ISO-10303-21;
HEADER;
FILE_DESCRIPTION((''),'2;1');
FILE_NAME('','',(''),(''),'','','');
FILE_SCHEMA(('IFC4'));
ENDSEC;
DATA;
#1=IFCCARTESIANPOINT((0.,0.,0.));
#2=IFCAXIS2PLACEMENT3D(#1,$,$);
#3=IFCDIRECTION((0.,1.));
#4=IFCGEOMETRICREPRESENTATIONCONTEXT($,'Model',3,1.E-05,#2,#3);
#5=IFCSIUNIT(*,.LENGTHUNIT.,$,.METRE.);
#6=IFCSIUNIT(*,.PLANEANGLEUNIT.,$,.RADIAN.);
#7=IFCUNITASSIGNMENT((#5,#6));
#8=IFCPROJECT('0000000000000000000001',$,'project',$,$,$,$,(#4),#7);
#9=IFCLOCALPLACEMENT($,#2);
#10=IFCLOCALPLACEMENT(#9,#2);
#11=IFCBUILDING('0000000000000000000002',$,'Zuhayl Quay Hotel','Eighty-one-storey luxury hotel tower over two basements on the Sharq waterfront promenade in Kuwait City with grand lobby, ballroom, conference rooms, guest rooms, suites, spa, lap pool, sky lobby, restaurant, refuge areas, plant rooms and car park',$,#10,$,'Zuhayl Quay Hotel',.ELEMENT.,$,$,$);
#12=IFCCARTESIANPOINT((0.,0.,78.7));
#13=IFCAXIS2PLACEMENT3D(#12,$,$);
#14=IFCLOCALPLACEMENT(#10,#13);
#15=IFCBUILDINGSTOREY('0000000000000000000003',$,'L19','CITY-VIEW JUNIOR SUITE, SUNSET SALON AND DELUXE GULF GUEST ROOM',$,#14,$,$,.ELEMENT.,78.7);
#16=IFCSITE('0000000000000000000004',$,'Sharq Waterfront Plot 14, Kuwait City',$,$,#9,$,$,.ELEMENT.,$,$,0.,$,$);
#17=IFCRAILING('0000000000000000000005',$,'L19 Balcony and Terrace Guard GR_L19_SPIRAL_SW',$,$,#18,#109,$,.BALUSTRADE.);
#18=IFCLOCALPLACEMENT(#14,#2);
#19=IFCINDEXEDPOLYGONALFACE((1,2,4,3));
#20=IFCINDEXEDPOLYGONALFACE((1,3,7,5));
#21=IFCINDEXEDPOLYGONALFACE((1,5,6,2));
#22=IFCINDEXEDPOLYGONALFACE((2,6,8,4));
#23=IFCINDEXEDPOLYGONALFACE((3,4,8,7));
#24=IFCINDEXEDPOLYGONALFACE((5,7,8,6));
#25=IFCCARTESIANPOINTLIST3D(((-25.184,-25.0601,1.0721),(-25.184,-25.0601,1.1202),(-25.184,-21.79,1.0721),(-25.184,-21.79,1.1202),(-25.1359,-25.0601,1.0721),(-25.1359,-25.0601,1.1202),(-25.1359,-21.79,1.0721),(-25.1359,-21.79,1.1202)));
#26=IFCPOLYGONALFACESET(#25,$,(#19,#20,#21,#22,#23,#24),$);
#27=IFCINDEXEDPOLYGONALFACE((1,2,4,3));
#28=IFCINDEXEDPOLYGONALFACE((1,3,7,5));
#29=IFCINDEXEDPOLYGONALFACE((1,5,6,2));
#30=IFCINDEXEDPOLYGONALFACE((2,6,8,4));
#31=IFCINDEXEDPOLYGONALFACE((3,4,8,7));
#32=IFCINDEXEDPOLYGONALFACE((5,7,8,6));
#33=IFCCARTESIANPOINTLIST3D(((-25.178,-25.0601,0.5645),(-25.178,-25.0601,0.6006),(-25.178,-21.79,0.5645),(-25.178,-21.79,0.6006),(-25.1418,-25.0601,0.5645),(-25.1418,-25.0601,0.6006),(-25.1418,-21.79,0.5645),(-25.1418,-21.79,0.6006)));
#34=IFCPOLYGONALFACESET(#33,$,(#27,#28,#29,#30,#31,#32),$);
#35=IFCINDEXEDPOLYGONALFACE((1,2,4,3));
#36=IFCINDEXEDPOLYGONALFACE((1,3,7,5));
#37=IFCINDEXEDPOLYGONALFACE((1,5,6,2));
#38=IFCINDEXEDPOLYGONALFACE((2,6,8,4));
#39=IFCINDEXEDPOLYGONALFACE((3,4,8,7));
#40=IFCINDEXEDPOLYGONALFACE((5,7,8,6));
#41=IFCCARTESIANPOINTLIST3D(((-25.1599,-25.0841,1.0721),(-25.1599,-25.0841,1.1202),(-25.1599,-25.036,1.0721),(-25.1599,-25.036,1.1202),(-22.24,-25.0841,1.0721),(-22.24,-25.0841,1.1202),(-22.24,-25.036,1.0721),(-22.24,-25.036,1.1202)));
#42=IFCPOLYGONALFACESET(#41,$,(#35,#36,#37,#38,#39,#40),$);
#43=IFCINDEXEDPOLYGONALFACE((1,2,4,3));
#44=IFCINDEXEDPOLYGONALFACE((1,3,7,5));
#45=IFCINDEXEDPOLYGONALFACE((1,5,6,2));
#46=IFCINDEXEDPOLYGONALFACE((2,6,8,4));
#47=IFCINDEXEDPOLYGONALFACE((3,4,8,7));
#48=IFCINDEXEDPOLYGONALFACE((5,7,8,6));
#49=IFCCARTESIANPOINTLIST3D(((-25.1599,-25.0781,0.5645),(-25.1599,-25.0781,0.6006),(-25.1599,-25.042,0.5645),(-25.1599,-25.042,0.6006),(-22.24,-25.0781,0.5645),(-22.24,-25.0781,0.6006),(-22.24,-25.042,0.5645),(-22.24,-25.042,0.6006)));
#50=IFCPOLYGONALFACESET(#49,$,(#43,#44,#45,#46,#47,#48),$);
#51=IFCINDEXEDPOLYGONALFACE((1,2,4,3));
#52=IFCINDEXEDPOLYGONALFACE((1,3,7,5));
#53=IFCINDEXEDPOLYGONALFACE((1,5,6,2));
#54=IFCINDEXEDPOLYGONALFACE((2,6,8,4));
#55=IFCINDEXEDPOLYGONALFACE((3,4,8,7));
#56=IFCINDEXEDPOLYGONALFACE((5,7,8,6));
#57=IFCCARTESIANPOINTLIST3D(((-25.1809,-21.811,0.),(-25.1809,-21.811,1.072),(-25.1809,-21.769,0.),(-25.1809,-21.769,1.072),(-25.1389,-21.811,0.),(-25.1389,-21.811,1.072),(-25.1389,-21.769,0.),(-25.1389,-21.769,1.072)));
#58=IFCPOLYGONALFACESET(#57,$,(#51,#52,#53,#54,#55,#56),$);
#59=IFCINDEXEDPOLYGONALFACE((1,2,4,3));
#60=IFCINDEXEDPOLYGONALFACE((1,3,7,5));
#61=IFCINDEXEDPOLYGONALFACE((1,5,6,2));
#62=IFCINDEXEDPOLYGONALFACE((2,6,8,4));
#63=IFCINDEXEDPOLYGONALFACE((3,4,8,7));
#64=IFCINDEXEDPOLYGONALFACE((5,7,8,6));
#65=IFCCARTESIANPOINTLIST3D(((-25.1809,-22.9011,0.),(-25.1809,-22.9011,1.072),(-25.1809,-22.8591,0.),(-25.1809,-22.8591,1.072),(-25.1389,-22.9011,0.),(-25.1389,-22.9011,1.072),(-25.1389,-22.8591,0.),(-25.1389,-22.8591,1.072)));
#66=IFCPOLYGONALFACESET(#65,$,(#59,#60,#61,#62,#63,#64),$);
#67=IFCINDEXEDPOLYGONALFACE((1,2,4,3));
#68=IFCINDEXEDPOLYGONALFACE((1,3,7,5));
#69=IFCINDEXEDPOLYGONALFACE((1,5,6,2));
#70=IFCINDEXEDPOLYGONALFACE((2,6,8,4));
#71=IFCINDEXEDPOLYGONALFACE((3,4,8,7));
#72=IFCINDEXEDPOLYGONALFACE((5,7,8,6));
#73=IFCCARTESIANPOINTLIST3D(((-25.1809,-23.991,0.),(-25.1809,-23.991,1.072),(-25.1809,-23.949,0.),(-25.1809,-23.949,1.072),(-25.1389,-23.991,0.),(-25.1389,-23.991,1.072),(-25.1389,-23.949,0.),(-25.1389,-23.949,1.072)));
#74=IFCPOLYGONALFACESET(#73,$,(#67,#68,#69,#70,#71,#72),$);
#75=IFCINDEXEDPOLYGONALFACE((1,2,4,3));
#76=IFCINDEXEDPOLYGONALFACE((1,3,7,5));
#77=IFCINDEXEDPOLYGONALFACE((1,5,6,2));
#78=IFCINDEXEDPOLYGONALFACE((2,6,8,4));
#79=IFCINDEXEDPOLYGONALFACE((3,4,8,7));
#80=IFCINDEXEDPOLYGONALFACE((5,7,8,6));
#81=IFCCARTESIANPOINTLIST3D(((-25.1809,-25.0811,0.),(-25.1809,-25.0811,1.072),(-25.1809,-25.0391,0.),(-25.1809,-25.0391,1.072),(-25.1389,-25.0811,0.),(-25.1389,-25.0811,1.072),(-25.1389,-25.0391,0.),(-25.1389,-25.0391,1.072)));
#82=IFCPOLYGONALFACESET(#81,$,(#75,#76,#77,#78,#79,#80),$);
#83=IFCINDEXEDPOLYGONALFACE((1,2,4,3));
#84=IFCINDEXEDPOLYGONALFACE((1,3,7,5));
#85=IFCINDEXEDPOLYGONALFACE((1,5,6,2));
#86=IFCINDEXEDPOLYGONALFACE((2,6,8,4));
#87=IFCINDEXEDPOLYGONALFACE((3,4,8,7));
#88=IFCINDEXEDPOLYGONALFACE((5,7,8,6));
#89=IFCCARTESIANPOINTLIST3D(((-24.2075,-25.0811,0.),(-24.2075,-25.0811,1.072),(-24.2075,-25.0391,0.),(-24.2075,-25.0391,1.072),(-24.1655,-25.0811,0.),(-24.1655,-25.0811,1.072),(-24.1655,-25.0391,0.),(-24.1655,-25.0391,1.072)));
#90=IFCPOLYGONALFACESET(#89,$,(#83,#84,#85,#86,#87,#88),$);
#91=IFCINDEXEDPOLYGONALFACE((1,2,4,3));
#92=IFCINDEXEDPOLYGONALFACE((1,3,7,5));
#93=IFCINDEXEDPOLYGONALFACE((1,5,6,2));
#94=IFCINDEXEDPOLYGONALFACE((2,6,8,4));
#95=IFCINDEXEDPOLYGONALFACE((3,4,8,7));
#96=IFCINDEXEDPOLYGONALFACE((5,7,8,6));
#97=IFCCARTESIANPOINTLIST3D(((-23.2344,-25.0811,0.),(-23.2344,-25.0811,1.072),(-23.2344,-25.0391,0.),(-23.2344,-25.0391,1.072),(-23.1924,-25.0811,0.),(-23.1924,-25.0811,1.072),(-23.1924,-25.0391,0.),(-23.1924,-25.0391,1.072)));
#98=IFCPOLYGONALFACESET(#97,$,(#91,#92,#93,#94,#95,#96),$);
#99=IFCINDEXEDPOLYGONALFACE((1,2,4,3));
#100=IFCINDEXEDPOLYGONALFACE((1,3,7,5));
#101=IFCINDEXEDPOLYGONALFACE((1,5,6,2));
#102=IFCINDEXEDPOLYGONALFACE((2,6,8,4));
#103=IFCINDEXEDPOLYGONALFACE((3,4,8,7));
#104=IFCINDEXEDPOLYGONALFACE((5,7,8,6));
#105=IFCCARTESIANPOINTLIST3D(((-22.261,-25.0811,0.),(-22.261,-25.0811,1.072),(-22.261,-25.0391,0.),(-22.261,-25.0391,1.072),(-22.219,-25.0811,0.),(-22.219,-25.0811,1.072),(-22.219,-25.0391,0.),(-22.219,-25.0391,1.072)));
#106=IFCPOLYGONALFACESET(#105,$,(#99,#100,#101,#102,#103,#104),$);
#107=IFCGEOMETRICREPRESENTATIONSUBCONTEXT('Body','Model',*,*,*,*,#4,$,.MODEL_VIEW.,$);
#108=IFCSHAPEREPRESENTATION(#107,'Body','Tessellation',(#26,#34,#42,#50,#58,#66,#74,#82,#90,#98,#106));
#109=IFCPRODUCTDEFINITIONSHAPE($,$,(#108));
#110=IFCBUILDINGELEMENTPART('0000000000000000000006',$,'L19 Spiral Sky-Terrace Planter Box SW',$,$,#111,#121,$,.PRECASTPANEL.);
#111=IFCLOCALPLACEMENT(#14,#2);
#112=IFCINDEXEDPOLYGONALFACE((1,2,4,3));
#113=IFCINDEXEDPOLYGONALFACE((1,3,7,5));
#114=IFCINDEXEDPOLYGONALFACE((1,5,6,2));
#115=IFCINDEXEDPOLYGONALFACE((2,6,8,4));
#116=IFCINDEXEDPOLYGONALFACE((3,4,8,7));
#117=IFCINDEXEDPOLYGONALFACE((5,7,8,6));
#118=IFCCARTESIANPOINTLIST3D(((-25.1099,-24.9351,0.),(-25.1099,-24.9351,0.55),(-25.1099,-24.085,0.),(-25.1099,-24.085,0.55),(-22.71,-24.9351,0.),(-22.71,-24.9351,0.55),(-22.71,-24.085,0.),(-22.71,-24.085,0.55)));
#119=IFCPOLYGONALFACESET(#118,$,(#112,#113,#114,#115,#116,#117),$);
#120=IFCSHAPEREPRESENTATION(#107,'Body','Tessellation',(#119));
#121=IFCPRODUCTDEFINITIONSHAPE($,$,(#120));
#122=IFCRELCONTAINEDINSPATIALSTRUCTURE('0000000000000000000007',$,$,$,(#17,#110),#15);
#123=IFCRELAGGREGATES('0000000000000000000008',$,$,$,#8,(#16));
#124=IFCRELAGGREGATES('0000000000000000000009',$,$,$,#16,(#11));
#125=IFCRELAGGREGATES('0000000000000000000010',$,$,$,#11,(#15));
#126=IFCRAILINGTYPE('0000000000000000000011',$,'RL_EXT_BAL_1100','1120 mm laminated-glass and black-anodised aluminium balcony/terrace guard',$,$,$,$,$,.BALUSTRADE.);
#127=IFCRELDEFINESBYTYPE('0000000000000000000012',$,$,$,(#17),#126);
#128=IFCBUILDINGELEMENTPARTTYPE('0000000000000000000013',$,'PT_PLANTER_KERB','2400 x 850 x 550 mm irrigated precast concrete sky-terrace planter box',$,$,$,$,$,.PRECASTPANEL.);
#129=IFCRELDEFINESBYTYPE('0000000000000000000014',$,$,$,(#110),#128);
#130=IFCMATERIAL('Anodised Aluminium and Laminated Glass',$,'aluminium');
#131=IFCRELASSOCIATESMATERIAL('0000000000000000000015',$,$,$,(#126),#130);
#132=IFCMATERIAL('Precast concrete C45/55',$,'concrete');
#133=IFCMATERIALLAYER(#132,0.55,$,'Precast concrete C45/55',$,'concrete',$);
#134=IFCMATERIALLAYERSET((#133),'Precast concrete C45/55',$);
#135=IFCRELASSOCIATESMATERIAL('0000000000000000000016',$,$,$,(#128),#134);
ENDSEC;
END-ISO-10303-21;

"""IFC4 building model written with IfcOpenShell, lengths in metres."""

from ifc_helpers import new_model, si_unit, direction, frame, origin, origin_2d, place, context, subcontext, project, spatial, rectangle, extrude, material, layer, layer_set, type_object, element, save


model = new_model("IFC4")

# Units and contexts
model_context = context("Model", 3, precision=1e-05, world=origin(), true_north=direction((0.0, 1.0)))
body_context = subcontext(model_context, "Body", "Model", "MODEL_VIEW")
ifc_project = project(units=[si_unit("LENGTHUNIT", "METRE"), si_unit("PLANEANGLEUNIT", "RADIAN")], contexts=[model_context])

# Site, building, storey
site_placement = place(None, origin())
site = spatial("IfcSite", under=ifc_project, at=site_placement, Name="Sharq Waterfront Plot 14, Kuwait City", CompositionType="ELEMENT", RefElevation=0.0)
building_placement = place(site_placement, origin())
building = spatial("IfcBuilding", under=site, at=building_placement, Name="Zuhayl Quay Hotel", Description="Eighty-one-storey luxury hotel tower over two basements on the Sharq waterfront promenade in Kuwait City with grand lobby, ballroom, conference rooms, guest rooms, suites, spa, lap pool, sky lobby, restaurant, refuge areas, plant rooms and car park", LongName="Zuhayl Quay Hotel", CompositionType="ELEMENT")
storey_placement = place(building_placement, frame((0.0, 0.0, 78.7)))
storey = spatial("IfcBuildingStorey", under=building, at=storey_placement, Name="L19", Description="CITY-VIEW JUNIOR SUITE, SUNSET SALON AND DELUXE GULF GUEST ROOM", CompositionType="ELEMENT", Elevation=78.7)

# Shared definitions
ifc_material_1 = material(Name="Precast concrete C45/55", Category="concrete")

# Railing
ifc_material_2 = material(Name="Anodised Aluminium and Laminated Glass", Category="aluminium")
railing_type = type_object("IfcRailingType", Name="RL_EXT_BAL_1100", Description="1120 mm laminated-glass and black-anodised aluminium balcony/terrace guard", PredefinedType="BALUSTRADE", material=ifc_material_2)
railing_1_placement = place(storey_placement, frame((-25.1599, -21.79, 0.0)))
element("IfcRailing", 1, at=railing_1_placement, inside=storey, type_object=railing_type, Name="L19 Balcony and Terrace Guard GR_L19_SPIRAL_SW", PredefinedType="BALUSTRADE", context=body_context, shape_type="SweptSolid", body=[
    extrude(rectangle(XDim=0.0481, YDim=0.0481, at=origin_2d()), frame((0.0, 0.0, 1.0962), z_axis=(0.0, -1.0, 0.0), x_axis=(1.0, 0.0, 0.0)), (0.0, 0.0, 1.0), 3.27),
    extrude(rectangle(XDim=0.0361, YDim=0.0361, at=origin_2d()), frame((0.0, 0.0, 0.5825), z_axis=(0.0, -1.0, 0.0), x_axis=(1.0, 0.0, 0.0)), (0.0, 0.0, 1.0), 3.27),
    extrude(rectangle(XDim=0.0481, YDim=0.0481, at=origin_2d()), frame((0.0, -3.27, 1.0962), z_axis=(1.0, 0.0, 0.0), x_axis=(0.0, 1.0, 0.0)), (0.0, 0.0, 1.0), 2.9199),
    extrude(rectangle(XDim=0.0361, YDim=0.0361, at=origin_2d()), frame((0.0, -3.27, 0.5825), z_axis=(1.0, 0.0, 0.0), x_axis=(0.0, 1.0, 0.0)), (0.0, 0.0, 1.0), 2.9199),
    extrude(rectangle(XDim=0.042, YDim=0.042, at=origin_2d()), origin(), (0.0, 0.0, 1.0), 1.072),
    extrude(rectangle(XDim=0.042, YDim=0.042, at=origin_2d()), frame((0.0, -1.0901, 0.0)), (0.0, 0.0, 1.0), 1.072),
    extrude(rectangle(XDim=0.042, YDim=0.042, at=origin_2d()), frame((0.0, -2.1799, 0.0)), (0.0, 0.0, 1.0), 1.072),
    extrude(rectangle(XDim=0.042, YDim=0.042, at=origin_2d()), frame((0.0, -3.27, 0.0)), (0.0, 0.0, 1.0), 1.072),
    extrude(rectangle(XDim=0.042, YDim=0.042, at=origin_2d()), frame((0.9734, -3.27, 0.0)), (0.0, 0.0, 1.0), 1.072),
    extrude(rectangle(XDim=0.042, YDim=0.042, at=origin_2d()), frame((1.9465, -3.27, 0.0)), (0.0, 0.0, 1.0), 1.072),
    extrude(rectangle(XDim=0.042, YDim=0.042, at=origin_2d()), frame((2.9199, -3.27, 0.0)), (0.0, 0.0, 1.0), 1.072),
])

# Building element part
ifc_layer_1 = layer(ifc_material_1, 0.55, Name="Precast concrete C45/55", Category="concrete")
ifc_layer_set_1 = layer_set([ifc_layer_1], Name="Precast concrete C45/55")
building_element_part_type = type_object("IfcBuildingElementPartType", Name="PT_PLANTER_KERB", Description="2400 x 850 x 550 mm irrigated precast concrete sky-terrace planter box", PredefinedType="PRECASTPANEL", material=ifc_layer_set_1)
building_element_part_placement = place(storey_placement, frame((-23.9099, -24.51, 0.0), z_axis=(0.0, 0.0, 1.0), x_axis=(1.0, 0.0, 0.0)))
element("IfcBuildingElementPart", 2, at=building_element_part_placement, inside=storey, type_object=building_element_part_type, Name="L19 Spiral Sky-Terrace Planter Box SW", PredefinedType="PRECASTPANEL", context=body_context, shape_type="SweptSolid", body=[
    extrude(rectangle(XDim=2.3999, YDim=0.8501, at=origin_2d()), origin(), (0.0, 0.0, 1.0), 0.55),
])

save(model, "model.ifc")
